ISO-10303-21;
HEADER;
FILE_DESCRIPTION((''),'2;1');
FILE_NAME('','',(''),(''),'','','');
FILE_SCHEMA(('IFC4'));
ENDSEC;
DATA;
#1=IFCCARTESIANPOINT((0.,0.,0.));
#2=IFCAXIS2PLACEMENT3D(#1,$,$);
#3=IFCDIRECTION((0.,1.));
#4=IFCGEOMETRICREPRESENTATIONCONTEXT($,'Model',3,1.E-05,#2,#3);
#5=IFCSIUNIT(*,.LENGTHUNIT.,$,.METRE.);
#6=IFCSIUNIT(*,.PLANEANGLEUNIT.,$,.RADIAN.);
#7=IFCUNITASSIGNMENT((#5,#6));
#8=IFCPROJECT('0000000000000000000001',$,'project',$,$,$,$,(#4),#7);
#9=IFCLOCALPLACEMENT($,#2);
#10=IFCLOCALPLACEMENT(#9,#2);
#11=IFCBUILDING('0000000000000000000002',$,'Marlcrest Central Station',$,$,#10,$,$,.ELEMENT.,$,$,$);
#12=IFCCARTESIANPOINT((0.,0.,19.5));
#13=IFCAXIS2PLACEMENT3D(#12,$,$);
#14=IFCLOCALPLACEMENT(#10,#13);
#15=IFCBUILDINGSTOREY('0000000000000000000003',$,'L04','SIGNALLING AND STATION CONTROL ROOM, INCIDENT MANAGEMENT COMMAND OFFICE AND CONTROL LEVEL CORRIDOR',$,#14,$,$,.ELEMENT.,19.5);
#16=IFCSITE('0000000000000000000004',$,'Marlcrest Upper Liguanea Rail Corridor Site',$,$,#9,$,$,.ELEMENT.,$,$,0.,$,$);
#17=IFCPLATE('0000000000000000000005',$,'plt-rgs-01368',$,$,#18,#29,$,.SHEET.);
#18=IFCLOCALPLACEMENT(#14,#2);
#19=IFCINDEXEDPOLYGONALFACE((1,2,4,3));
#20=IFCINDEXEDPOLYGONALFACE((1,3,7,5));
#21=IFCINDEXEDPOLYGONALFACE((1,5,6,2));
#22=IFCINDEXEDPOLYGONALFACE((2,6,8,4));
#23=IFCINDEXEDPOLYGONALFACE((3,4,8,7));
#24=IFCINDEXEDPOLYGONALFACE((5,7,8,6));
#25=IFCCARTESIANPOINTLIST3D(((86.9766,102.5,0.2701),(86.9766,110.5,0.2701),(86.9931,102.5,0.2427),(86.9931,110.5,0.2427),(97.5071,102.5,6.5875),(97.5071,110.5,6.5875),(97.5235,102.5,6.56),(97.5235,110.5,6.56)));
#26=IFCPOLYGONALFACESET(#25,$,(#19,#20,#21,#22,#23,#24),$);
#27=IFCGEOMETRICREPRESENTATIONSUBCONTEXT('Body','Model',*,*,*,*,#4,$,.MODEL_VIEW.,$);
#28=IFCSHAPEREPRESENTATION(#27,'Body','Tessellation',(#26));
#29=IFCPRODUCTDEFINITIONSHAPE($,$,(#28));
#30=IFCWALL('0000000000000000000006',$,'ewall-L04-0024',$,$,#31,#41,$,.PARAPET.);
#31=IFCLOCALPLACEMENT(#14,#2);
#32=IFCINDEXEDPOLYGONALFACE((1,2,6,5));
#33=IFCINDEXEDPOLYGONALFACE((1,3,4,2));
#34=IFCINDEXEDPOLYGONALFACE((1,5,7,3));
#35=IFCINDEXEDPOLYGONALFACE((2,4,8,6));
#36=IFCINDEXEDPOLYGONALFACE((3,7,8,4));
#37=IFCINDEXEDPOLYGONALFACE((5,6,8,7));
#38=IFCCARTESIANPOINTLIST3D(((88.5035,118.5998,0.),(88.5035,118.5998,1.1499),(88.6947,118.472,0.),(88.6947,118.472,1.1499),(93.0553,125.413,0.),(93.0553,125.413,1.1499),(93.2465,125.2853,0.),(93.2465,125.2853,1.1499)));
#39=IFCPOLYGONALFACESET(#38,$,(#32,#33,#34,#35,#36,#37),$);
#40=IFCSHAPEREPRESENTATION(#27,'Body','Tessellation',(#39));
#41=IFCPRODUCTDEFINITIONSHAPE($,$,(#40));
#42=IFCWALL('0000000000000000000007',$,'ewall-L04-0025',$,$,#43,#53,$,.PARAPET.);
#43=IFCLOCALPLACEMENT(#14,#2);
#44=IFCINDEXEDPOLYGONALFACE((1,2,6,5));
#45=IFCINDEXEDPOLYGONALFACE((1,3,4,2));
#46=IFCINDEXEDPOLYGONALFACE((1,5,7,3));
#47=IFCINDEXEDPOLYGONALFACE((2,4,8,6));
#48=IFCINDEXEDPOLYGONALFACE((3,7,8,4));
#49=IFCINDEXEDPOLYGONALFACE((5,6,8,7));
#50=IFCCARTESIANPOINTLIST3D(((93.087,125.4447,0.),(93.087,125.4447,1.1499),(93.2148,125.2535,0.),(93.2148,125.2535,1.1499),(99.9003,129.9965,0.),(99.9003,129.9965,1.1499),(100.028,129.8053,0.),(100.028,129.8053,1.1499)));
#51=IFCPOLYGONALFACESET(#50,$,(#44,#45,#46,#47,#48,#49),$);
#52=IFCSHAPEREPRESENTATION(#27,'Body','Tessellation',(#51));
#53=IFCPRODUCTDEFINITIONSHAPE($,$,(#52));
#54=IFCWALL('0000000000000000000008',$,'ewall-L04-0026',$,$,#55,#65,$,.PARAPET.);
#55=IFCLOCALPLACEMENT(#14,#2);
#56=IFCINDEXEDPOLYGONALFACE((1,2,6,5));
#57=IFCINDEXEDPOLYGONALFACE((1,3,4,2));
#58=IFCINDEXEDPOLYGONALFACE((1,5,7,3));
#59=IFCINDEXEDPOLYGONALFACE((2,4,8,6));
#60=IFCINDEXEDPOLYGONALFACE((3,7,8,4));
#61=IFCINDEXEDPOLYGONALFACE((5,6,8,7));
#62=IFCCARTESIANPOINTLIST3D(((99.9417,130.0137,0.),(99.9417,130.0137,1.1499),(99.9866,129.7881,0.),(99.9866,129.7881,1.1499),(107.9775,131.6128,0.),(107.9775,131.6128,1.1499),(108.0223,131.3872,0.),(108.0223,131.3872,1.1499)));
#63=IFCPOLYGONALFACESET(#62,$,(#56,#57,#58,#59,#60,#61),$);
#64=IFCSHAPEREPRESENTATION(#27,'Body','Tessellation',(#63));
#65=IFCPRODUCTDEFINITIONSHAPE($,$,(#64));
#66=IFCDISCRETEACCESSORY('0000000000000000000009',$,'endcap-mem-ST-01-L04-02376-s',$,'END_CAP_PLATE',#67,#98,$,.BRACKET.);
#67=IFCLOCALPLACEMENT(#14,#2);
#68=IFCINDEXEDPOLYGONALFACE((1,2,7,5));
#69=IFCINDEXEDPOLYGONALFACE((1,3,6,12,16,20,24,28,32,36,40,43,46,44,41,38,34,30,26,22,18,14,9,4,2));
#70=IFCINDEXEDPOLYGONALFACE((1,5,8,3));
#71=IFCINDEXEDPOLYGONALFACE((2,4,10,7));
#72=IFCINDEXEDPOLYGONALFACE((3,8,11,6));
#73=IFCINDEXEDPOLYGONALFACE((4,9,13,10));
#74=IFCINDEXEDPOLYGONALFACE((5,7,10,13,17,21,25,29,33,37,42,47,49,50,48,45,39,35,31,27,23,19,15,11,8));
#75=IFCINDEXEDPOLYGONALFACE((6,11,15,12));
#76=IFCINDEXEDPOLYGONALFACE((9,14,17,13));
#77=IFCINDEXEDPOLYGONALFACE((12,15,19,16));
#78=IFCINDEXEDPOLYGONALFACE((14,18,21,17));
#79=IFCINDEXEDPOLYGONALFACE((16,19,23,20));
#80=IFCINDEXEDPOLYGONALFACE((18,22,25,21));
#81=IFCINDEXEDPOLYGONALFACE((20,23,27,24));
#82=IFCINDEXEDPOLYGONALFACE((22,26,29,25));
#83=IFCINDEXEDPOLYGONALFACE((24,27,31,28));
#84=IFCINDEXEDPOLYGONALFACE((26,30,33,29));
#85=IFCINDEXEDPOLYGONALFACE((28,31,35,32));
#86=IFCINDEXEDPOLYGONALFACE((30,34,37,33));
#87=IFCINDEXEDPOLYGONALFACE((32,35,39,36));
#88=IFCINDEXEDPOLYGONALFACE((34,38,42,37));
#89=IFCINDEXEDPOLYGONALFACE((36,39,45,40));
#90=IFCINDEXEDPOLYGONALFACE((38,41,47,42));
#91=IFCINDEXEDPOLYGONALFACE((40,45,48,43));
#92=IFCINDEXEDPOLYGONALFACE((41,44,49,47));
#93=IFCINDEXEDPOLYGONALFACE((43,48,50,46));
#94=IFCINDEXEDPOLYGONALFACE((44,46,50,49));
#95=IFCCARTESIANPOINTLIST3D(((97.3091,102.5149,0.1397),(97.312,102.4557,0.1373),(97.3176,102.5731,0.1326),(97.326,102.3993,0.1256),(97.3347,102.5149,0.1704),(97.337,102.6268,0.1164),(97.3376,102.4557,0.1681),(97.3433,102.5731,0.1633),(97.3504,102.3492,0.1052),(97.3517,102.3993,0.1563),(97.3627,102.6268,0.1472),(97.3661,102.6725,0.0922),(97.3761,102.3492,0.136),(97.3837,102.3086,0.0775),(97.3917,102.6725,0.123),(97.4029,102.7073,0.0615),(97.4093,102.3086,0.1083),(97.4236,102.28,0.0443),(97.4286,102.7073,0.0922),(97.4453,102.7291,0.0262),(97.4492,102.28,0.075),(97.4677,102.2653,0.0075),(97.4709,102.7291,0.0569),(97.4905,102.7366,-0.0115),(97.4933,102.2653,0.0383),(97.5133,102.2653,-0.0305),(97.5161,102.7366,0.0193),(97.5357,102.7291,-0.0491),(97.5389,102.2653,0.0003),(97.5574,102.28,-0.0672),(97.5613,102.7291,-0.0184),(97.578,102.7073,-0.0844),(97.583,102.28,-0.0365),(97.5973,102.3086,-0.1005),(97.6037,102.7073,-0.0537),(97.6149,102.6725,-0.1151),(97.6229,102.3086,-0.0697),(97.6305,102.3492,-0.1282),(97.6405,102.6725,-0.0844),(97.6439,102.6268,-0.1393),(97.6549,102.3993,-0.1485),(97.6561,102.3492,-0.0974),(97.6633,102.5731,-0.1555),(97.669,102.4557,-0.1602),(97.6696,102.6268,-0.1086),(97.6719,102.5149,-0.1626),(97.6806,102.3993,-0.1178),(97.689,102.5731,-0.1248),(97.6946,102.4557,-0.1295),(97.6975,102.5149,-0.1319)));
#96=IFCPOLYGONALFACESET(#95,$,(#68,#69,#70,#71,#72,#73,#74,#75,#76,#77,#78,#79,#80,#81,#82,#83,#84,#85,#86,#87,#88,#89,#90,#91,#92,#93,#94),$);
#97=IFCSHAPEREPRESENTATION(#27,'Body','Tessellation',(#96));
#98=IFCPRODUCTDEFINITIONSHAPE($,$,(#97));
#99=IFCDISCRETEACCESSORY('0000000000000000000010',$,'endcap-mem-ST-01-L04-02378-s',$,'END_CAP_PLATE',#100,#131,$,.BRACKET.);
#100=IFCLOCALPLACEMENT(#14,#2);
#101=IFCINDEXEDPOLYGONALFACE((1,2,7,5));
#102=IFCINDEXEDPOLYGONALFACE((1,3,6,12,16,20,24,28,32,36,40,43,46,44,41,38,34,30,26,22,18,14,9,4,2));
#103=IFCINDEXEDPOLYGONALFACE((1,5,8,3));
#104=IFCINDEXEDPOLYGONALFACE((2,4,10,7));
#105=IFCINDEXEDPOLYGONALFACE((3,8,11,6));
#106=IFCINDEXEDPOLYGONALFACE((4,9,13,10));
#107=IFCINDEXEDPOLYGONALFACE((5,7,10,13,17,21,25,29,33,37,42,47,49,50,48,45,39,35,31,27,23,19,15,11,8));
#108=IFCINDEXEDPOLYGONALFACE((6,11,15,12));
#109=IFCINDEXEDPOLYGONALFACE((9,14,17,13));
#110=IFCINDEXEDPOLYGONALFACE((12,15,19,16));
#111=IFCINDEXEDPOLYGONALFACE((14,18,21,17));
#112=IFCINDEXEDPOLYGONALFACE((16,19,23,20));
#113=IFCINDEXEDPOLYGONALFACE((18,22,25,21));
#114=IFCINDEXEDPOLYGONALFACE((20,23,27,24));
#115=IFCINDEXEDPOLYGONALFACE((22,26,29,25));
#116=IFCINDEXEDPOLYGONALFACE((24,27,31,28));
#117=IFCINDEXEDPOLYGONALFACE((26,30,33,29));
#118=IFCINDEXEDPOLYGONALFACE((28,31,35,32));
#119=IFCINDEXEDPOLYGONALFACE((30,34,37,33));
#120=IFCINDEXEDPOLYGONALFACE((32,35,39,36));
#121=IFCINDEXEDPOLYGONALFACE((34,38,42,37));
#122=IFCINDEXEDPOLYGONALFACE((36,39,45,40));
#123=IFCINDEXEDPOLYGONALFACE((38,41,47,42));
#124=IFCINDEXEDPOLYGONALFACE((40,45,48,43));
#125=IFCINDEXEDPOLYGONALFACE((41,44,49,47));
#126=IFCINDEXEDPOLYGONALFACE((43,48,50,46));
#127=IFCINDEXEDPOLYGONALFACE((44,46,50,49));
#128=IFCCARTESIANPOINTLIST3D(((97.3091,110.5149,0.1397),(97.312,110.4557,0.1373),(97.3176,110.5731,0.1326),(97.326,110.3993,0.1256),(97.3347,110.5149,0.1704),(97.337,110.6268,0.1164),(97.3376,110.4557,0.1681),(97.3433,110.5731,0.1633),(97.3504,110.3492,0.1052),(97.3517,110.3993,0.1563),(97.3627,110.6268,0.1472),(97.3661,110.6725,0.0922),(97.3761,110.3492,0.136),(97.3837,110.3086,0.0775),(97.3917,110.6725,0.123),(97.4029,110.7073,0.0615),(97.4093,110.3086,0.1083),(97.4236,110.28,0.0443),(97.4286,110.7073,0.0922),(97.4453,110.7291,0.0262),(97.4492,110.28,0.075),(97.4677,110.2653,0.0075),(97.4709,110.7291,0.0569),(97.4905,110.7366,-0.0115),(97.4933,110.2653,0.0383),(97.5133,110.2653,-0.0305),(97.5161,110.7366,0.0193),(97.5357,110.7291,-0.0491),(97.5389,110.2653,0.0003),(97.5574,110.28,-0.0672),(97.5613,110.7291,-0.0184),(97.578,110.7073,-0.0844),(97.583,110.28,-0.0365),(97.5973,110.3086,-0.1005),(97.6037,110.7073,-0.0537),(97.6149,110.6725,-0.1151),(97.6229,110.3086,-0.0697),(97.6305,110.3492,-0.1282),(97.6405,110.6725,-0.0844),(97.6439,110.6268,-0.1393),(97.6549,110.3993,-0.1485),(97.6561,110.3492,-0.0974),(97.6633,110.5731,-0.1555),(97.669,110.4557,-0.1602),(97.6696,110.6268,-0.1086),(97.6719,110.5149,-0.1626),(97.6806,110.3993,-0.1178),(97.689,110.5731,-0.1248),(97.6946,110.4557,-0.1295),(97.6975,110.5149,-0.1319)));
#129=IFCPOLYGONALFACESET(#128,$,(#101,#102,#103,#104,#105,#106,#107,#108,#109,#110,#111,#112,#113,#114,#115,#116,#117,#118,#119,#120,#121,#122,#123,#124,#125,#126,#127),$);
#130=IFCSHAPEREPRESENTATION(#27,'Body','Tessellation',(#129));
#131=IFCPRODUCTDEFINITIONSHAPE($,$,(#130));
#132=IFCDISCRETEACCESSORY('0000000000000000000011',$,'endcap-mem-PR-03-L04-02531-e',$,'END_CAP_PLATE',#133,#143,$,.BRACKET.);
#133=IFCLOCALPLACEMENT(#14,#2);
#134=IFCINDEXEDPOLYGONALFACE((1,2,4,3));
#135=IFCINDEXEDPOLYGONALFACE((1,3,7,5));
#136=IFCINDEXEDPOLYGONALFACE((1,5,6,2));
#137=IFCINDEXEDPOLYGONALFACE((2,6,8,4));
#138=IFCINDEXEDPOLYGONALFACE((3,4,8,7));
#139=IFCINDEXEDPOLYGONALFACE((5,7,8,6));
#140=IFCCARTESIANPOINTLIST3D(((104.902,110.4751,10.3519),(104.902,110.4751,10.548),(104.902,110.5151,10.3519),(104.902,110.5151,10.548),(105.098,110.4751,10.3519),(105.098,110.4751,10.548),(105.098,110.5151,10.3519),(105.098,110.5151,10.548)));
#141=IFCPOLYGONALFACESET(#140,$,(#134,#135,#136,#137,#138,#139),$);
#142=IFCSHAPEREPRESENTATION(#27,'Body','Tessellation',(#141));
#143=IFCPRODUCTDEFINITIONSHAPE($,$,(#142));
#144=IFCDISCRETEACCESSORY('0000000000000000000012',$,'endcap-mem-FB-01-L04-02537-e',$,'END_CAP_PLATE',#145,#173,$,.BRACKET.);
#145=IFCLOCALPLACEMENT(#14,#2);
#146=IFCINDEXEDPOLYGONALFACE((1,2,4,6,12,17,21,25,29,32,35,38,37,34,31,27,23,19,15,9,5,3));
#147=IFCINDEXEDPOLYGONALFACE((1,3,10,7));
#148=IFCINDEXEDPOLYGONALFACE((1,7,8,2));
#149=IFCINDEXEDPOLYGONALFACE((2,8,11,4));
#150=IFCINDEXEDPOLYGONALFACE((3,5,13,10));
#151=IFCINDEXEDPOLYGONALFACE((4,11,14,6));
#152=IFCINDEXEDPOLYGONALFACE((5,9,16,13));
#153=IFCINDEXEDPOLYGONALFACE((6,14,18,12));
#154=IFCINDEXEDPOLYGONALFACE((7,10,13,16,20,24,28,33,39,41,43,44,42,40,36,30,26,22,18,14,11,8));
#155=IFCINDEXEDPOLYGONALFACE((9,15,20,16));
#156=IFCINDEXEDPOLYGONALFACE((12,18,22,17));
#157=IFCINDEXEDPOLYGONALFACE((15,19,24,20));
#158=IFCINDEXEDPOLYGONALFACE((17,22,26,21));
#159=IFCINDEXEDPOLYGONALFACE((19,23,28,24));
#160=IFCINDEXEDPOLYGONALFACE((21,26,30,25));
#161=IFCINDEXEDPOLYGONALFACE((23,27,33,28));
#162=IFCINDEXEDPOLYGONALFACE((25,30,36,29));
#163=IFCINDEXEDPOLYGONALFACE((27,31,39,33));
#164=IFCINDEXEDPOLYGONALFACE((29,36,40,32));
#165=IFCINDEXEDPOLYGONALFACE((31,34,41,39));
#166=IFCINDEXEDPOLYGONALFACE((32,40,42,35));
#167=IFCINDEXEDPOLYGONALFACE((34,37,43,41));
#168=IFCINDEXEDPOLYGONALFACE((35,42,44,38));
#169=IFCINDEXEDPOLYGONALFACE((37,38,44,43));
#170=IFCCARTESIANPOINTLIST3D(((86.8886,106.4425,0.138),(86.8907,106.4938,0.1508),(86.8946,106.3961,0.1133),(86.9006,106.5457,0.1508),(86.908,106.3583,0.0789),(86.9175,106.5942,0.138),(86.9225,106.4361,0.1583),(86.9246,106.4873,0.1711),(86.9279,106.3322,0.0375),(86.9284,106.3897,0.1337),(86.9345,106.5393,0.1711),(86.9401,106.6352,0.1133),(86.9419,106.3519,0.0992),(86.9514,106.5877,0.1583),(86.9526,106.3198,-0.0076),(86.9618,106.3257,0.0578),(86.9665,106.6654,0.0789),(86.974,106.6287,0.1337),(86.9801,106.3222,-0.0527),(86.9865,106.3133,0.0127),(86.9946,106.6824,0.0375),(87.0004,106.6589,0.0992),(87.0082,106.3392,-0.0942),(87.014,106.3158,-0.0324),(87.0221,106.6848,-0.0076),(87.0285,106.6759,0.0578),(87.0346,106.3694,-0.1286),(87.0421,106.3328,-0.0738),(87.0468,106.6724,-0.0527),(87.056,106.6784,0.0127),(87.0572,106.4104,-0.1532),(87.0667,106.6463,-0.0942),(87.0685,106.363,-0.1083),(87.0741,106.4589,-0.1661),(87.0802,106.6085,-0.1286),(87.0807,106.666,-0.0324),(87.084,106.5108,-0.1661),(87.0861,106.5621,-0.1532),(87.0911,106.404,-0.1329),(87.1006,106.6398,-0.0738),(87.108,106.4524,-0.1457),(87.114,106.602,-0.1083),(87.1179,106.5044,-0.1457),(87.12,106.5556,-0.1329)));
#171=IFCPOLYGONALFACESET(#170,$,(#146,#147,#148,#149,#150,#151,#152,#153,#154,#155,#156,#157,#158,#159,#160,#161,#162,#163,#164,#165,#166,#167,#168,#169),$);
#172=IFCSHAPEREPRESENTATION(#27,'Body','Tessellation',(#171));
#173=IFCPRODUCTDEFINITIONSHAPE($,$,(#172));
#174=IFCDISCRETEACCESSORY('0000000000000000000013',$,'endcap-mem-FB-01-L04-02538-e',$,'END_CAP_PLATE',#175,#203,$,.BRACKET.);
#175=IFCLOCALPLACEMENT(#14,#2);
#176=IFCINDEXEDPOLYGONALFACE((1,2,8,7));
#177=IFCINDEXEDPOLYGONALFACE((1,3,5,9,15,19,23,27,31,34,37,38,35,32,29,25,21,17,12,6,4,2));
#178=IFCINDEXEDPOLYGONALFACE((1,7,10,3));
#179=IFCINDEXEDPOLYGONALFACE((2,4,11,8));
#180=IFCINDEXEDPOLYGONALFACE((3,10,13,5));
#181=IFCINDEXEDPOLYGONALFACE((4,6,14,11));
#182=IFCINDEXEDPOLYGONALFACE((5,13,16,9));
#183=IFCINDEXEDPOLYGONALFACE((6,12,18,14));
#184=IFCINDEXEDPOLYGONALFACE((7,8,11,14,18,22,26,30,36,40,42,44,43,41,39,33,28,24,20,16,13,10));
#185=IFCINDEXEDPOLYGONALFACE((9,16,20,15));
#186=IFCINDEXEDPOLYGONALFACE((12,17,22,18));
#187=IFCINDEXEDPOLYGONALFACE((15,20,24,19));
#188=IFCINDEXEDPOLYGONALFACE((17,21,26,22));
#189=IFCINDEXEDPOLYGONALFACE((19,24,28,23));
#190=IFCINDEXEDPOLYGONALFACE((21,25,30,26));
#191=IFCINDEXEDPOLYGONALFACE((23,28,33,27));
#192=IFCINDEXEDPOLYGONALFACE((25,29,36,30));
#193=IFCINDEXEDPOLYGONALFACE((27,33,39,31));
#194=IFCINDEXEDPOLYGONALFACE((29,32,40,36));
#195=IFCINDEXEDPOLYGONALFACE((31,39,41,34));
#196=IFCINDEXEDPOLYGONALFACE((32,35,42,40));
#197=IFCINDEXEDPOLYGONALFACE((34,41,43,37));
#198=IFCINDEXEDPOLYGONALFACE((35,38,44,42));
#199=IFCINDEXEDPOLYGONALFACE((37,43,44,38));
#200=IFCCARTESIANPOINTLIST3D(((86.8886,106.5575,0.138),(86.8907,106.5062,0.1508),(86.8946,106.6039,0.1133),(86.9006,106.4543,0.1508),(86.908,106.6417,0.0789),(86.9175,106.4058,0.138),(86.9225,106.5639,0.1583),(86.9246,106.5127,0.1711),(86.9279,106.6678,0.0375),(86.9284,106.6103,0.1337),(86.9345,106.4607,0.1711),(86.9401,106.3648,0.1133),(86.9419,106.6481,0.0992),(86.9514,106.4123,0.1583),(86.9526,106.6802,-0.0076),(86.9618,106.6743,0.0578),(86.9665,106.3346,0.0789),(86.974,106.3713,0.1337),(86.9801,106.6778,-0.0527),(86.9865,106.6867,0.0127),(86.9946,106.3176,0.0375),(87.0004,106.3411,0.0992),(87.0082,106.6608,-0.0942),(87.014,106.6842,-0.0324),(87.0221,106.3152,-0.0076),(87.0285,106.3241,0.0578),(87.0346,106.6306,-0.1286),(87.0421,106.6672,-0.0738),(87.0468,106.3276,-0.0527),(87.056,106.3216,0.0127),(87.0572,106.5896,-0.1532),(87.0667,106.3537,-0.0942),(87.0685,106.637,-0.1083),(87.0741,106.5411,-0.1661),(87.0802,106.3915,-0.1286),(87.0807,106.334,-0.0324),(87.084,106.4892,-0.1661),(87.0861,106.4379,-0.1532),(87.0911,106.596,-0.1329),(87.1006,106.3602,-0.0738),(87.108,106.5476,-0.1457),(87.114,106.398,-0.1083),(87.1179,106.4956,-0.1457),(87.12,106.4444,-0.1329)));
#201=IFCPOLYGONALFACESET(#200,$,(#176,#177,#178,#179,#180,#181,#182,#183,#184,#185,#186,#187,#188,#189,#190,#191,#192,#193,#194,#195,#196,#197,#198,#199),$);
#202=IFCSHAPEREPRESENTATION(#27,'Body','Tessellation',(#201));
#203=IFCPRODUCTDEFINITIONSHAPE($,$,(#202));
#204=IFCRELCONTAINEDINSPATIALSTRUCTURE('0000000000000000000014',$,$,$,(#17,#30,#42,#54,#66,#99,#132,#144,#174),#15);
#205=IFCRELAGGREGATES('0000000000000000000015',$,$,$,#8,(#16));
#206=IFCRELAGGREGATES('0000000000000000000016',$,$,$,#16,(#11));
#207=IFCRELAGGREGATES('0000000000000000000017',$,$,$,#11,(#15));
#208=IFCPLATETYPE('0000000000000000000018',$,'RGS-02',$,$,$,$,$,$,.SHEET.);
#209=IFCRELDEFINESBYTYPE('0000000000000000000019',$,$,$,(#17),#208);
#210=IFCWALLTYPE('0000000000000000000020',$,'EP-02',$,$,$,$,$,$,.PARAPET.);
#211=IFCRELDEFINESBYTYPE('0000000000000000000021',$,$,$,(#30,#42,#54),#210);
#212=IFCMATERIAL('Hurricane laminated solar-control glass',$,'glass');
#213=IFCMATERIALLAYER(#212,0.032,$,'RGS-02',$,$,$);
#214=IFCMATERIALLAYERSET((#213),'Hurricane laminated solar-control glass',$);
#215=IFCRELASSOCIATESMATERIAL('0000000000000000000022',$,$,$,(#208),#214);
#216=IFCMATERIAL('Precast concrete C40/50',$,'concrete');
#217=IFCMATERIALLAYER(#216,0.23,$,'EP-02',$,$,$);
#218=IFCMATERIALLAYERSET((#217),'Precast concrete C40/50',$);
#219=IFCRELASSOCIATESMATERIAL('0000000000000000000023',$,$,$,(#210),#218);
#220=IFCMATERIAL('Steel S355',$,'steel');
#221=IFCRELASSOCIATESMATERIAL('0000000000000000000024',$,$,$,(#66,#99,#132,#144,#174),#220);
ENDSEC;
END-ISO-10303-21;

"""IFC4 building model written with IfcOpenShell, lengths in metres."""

from ifc_helpers import new_model, si_unit, direction, frame, frame_2d, origin, origin_2d, place, context, subcontext, project, spatial, rectangle, circle, extrude, material, layer, layer_set, type_object, element, save


model = new_model("IFC4")

# Units and contexts
model_context = context("Model", 3, precision=1e-05, world=origin(), true_north=direction((0.0, 1.0)))
body_context = subcontext(model_context, "Body", "Model", "MODEL_VIEW")
ifc_project = project(units=[si_unit("LENGTHUNIT", "METRE"), si_unit("PLANEANGLEUNIT", "RADIAN")], contexts=[model_context])

# Site, building, storey
site_placement = place(None, origin())
site = spatial("IfcSite", under=ifc_project, at=site_placement, Name="Marlcrest Upper Liguanea Rail Corridor Site", CompositionType="ELEMENT", RefElevation=0.0)
building_placement = place(site_placement, origin())
building = spatial("IfcBuilding", under=site, at=building_placement, Name="Marlcrest Central Station", CompositionType="ELEMENT")
storey_placement = place(building_placement, frame((0.0, 0.0, 19.5)))
storey = spatial("IfcBuildingStorey", under=building, at=storey_placement, Name="L04", Description="SIGNALLING AND STATION CONTROL ROOM, INCIDENT MANAGEMENT COMMAND OFFICE AND CONTROL LEVEL CORRIDOR", CompositionType="ELEMENT", Elevation=19.5)

# Plate
ifc_material_1 = material(Name="Hurricane laminated solar-control glass", Category="glass")
ifc_layer_1 = layer(ifc_material_1, 0.032, Name="RGS-02")
ifc_layer_set_1 = layer_set([ifc_layer_1], Name="Hurricane laminated solar-control glass")
plate_type_1 = type_object("IfcPlateType", Name="RGS-02", PredefinedType="SHEET", material=ifc_layer_set_1)
plate_1_placement = place(storey_placement, frame((92.2583, 106.5, 3.4014), z_axis=(-0.51444, 0.0, 0.857527), x_axis=(0.857527, 0.0, 0.51444)))
element("IfcPlate", 1, at=plate_1_placement, inside=storey, type_object=plate_type_1, Name="plt-rgs-01368", PredefinedType="SHEET", context=body_context, shape_type="SweptSolid", body=[
    extrude(rectangle(XDim=12.28, YDim=8.0, at=origin_2d()), origin(), (0.0, 0.0, 1.0), 0.032),
])

# Walls
ifc_material_2 = material(Name="Precast concrete C40/50", Category="concrete")
ifc_layer_2 = layer(ifc_material_2, 0.23, Name="EP-02")
ifc_layer_set_2 = layer_set([ifc_layer_2], Name="Precast concrete C40/50")
wall_type = type_object("IfcWallType", Name="EP-02", PredefinedType="PARAPET", material=ifc_layer_set_2)
for number, where, z_axis, x_axis, name in (
    (2, (88.5991, 118.5359, 0.0), (0.0, 0.0, 1.0), (0.555511, 0.831509, 0.0), "ewall-L04-0024"),
    (3, (93.1509, 125.3491, 0.0), (0.0, 0.0, 1.0), (0.831509, 0.555511, 0.0), "ewall-L04-0025"),
):
    element("IfcWall", number, at=place(storey_placement, frame(where, z_axis=z_axis, x_axis=x_axis)), inside=storey, type_object=wall_type, Name=name, PredefinedType="PARAPET", context=body_context, shape_type="SweptSolid", body=[
        extrude(rectangle(XDim=8.1938, YDim=0.23, at=frame_2d((4.0969, 0.0))), origin(), (0.0, 0.0, 1.0), 1.1499),
    ])
wall_placement = place(storey_placement, frame((99.9641, 129.9009, 0.0), z_axis=(0.0, 0.0, 1.0), x_axis=(0.980769, 0.195171, 0.0)))
element("IfcWall", 4, at=wall_placement, inside=storey, type_object=wall_type, Name="ewall-L04-0026", PredefinedType="PARAPET", context=body_context, shape_type="SweptSolid", body=[
    extrude(rectangle(XDim=8.1934, YDim=0.23, at=frame_2d((4.0967, 0.0))), origin(), (0.0, 0.0, 1.0), 1.1499),
])

# Discrete accessories
ifc_material_3 = material(Name="Steel S355", Category="steel")
for number, where, z_axis, x_axis, name in (
    (5, (97.4905, 102.5, -0.0115), (0.640181, 0.0, 0.768224), (0.0, 1.0, 0.0), "endcap-mem-ST-01-L04-02376-s"),
    (6, (97.4905, 110.5, -0.0115), (0.640181, 0.0, 0.768224), (0.0, 1.0, 0.0), "endcap-mem-ST-01-L04-02378-s"),
):
    element("IfcDiscreteAccessory", number, at=place(storey_placement, frame(where, z_axis=z_axis, x_axis=x_axis)), inside=storey, material=ifc_material_3, Name=name, ObjectType="END_CAP_PLATE", PredefinedType="BRACKET", context=body_context, shape_type="SweptSolid", body=[
        extrude(circle(Radius=0.2366, at=origin_2d()), origin(), (0.0, 0.0, 1.0), 0.04),
    ])
discrete_accessory_1_placement = place(storey_placement, frame((105.0, 110.4751, 10.45), z_axis=(0.0, 1.0, 0.0), x_axis=(-1.0, 0.0, 0.0)))
element("IfcDiscreteAccessory", 7, at=discrete_accessory_1_placement, inside=storey, material=ifc_material_3, Name="endcap-mem-PR-03-L04-02531-e", ObjectType="END_CAP_PLATE", PredefinedType="BRACKET", context=body_context, shape_type="SweptSolid", body=[
    extrude(rectangle(XDim=0.196, YDim=0.196, at=origin_2d()), origin(), (0.0, 0.0, 1.0), 0.04),
])
for number, where, z_axis, x_axis, name in (
    (8, (87.0212, 106.4958, 0.0127), (-0.846277, 0.161196, -0.50777), (-0.187112, -0.982339, 0.0), "endcap-mem-FB-01-L04-02537-e"),
    (9, (87.0212, 106.5042, 0.0127), (-0.846277, -0.161196, -0.50777), (0.187112, -0.982339, 0.0), "endcap-mem-FB-01-L04-02538-e"),
):
    element("IfcDiscreteAccessory", number, at=place(storey_placement, frame(where, z_axis=z_axis, x_axis=x_axis)), inside=storey, material=ifc_material_3, Name=name, ObjectType="END_CAP_PLATE", PredefinedType="BRACKET", context=body_context, shape_type="SweptSolid", body=[
        extrude(circle(Radius=0.1858, at=origin_2d()), origin(), (0.0, 0.0, 1.0), 0.04),
    ])

save(model, "model.ifc")
